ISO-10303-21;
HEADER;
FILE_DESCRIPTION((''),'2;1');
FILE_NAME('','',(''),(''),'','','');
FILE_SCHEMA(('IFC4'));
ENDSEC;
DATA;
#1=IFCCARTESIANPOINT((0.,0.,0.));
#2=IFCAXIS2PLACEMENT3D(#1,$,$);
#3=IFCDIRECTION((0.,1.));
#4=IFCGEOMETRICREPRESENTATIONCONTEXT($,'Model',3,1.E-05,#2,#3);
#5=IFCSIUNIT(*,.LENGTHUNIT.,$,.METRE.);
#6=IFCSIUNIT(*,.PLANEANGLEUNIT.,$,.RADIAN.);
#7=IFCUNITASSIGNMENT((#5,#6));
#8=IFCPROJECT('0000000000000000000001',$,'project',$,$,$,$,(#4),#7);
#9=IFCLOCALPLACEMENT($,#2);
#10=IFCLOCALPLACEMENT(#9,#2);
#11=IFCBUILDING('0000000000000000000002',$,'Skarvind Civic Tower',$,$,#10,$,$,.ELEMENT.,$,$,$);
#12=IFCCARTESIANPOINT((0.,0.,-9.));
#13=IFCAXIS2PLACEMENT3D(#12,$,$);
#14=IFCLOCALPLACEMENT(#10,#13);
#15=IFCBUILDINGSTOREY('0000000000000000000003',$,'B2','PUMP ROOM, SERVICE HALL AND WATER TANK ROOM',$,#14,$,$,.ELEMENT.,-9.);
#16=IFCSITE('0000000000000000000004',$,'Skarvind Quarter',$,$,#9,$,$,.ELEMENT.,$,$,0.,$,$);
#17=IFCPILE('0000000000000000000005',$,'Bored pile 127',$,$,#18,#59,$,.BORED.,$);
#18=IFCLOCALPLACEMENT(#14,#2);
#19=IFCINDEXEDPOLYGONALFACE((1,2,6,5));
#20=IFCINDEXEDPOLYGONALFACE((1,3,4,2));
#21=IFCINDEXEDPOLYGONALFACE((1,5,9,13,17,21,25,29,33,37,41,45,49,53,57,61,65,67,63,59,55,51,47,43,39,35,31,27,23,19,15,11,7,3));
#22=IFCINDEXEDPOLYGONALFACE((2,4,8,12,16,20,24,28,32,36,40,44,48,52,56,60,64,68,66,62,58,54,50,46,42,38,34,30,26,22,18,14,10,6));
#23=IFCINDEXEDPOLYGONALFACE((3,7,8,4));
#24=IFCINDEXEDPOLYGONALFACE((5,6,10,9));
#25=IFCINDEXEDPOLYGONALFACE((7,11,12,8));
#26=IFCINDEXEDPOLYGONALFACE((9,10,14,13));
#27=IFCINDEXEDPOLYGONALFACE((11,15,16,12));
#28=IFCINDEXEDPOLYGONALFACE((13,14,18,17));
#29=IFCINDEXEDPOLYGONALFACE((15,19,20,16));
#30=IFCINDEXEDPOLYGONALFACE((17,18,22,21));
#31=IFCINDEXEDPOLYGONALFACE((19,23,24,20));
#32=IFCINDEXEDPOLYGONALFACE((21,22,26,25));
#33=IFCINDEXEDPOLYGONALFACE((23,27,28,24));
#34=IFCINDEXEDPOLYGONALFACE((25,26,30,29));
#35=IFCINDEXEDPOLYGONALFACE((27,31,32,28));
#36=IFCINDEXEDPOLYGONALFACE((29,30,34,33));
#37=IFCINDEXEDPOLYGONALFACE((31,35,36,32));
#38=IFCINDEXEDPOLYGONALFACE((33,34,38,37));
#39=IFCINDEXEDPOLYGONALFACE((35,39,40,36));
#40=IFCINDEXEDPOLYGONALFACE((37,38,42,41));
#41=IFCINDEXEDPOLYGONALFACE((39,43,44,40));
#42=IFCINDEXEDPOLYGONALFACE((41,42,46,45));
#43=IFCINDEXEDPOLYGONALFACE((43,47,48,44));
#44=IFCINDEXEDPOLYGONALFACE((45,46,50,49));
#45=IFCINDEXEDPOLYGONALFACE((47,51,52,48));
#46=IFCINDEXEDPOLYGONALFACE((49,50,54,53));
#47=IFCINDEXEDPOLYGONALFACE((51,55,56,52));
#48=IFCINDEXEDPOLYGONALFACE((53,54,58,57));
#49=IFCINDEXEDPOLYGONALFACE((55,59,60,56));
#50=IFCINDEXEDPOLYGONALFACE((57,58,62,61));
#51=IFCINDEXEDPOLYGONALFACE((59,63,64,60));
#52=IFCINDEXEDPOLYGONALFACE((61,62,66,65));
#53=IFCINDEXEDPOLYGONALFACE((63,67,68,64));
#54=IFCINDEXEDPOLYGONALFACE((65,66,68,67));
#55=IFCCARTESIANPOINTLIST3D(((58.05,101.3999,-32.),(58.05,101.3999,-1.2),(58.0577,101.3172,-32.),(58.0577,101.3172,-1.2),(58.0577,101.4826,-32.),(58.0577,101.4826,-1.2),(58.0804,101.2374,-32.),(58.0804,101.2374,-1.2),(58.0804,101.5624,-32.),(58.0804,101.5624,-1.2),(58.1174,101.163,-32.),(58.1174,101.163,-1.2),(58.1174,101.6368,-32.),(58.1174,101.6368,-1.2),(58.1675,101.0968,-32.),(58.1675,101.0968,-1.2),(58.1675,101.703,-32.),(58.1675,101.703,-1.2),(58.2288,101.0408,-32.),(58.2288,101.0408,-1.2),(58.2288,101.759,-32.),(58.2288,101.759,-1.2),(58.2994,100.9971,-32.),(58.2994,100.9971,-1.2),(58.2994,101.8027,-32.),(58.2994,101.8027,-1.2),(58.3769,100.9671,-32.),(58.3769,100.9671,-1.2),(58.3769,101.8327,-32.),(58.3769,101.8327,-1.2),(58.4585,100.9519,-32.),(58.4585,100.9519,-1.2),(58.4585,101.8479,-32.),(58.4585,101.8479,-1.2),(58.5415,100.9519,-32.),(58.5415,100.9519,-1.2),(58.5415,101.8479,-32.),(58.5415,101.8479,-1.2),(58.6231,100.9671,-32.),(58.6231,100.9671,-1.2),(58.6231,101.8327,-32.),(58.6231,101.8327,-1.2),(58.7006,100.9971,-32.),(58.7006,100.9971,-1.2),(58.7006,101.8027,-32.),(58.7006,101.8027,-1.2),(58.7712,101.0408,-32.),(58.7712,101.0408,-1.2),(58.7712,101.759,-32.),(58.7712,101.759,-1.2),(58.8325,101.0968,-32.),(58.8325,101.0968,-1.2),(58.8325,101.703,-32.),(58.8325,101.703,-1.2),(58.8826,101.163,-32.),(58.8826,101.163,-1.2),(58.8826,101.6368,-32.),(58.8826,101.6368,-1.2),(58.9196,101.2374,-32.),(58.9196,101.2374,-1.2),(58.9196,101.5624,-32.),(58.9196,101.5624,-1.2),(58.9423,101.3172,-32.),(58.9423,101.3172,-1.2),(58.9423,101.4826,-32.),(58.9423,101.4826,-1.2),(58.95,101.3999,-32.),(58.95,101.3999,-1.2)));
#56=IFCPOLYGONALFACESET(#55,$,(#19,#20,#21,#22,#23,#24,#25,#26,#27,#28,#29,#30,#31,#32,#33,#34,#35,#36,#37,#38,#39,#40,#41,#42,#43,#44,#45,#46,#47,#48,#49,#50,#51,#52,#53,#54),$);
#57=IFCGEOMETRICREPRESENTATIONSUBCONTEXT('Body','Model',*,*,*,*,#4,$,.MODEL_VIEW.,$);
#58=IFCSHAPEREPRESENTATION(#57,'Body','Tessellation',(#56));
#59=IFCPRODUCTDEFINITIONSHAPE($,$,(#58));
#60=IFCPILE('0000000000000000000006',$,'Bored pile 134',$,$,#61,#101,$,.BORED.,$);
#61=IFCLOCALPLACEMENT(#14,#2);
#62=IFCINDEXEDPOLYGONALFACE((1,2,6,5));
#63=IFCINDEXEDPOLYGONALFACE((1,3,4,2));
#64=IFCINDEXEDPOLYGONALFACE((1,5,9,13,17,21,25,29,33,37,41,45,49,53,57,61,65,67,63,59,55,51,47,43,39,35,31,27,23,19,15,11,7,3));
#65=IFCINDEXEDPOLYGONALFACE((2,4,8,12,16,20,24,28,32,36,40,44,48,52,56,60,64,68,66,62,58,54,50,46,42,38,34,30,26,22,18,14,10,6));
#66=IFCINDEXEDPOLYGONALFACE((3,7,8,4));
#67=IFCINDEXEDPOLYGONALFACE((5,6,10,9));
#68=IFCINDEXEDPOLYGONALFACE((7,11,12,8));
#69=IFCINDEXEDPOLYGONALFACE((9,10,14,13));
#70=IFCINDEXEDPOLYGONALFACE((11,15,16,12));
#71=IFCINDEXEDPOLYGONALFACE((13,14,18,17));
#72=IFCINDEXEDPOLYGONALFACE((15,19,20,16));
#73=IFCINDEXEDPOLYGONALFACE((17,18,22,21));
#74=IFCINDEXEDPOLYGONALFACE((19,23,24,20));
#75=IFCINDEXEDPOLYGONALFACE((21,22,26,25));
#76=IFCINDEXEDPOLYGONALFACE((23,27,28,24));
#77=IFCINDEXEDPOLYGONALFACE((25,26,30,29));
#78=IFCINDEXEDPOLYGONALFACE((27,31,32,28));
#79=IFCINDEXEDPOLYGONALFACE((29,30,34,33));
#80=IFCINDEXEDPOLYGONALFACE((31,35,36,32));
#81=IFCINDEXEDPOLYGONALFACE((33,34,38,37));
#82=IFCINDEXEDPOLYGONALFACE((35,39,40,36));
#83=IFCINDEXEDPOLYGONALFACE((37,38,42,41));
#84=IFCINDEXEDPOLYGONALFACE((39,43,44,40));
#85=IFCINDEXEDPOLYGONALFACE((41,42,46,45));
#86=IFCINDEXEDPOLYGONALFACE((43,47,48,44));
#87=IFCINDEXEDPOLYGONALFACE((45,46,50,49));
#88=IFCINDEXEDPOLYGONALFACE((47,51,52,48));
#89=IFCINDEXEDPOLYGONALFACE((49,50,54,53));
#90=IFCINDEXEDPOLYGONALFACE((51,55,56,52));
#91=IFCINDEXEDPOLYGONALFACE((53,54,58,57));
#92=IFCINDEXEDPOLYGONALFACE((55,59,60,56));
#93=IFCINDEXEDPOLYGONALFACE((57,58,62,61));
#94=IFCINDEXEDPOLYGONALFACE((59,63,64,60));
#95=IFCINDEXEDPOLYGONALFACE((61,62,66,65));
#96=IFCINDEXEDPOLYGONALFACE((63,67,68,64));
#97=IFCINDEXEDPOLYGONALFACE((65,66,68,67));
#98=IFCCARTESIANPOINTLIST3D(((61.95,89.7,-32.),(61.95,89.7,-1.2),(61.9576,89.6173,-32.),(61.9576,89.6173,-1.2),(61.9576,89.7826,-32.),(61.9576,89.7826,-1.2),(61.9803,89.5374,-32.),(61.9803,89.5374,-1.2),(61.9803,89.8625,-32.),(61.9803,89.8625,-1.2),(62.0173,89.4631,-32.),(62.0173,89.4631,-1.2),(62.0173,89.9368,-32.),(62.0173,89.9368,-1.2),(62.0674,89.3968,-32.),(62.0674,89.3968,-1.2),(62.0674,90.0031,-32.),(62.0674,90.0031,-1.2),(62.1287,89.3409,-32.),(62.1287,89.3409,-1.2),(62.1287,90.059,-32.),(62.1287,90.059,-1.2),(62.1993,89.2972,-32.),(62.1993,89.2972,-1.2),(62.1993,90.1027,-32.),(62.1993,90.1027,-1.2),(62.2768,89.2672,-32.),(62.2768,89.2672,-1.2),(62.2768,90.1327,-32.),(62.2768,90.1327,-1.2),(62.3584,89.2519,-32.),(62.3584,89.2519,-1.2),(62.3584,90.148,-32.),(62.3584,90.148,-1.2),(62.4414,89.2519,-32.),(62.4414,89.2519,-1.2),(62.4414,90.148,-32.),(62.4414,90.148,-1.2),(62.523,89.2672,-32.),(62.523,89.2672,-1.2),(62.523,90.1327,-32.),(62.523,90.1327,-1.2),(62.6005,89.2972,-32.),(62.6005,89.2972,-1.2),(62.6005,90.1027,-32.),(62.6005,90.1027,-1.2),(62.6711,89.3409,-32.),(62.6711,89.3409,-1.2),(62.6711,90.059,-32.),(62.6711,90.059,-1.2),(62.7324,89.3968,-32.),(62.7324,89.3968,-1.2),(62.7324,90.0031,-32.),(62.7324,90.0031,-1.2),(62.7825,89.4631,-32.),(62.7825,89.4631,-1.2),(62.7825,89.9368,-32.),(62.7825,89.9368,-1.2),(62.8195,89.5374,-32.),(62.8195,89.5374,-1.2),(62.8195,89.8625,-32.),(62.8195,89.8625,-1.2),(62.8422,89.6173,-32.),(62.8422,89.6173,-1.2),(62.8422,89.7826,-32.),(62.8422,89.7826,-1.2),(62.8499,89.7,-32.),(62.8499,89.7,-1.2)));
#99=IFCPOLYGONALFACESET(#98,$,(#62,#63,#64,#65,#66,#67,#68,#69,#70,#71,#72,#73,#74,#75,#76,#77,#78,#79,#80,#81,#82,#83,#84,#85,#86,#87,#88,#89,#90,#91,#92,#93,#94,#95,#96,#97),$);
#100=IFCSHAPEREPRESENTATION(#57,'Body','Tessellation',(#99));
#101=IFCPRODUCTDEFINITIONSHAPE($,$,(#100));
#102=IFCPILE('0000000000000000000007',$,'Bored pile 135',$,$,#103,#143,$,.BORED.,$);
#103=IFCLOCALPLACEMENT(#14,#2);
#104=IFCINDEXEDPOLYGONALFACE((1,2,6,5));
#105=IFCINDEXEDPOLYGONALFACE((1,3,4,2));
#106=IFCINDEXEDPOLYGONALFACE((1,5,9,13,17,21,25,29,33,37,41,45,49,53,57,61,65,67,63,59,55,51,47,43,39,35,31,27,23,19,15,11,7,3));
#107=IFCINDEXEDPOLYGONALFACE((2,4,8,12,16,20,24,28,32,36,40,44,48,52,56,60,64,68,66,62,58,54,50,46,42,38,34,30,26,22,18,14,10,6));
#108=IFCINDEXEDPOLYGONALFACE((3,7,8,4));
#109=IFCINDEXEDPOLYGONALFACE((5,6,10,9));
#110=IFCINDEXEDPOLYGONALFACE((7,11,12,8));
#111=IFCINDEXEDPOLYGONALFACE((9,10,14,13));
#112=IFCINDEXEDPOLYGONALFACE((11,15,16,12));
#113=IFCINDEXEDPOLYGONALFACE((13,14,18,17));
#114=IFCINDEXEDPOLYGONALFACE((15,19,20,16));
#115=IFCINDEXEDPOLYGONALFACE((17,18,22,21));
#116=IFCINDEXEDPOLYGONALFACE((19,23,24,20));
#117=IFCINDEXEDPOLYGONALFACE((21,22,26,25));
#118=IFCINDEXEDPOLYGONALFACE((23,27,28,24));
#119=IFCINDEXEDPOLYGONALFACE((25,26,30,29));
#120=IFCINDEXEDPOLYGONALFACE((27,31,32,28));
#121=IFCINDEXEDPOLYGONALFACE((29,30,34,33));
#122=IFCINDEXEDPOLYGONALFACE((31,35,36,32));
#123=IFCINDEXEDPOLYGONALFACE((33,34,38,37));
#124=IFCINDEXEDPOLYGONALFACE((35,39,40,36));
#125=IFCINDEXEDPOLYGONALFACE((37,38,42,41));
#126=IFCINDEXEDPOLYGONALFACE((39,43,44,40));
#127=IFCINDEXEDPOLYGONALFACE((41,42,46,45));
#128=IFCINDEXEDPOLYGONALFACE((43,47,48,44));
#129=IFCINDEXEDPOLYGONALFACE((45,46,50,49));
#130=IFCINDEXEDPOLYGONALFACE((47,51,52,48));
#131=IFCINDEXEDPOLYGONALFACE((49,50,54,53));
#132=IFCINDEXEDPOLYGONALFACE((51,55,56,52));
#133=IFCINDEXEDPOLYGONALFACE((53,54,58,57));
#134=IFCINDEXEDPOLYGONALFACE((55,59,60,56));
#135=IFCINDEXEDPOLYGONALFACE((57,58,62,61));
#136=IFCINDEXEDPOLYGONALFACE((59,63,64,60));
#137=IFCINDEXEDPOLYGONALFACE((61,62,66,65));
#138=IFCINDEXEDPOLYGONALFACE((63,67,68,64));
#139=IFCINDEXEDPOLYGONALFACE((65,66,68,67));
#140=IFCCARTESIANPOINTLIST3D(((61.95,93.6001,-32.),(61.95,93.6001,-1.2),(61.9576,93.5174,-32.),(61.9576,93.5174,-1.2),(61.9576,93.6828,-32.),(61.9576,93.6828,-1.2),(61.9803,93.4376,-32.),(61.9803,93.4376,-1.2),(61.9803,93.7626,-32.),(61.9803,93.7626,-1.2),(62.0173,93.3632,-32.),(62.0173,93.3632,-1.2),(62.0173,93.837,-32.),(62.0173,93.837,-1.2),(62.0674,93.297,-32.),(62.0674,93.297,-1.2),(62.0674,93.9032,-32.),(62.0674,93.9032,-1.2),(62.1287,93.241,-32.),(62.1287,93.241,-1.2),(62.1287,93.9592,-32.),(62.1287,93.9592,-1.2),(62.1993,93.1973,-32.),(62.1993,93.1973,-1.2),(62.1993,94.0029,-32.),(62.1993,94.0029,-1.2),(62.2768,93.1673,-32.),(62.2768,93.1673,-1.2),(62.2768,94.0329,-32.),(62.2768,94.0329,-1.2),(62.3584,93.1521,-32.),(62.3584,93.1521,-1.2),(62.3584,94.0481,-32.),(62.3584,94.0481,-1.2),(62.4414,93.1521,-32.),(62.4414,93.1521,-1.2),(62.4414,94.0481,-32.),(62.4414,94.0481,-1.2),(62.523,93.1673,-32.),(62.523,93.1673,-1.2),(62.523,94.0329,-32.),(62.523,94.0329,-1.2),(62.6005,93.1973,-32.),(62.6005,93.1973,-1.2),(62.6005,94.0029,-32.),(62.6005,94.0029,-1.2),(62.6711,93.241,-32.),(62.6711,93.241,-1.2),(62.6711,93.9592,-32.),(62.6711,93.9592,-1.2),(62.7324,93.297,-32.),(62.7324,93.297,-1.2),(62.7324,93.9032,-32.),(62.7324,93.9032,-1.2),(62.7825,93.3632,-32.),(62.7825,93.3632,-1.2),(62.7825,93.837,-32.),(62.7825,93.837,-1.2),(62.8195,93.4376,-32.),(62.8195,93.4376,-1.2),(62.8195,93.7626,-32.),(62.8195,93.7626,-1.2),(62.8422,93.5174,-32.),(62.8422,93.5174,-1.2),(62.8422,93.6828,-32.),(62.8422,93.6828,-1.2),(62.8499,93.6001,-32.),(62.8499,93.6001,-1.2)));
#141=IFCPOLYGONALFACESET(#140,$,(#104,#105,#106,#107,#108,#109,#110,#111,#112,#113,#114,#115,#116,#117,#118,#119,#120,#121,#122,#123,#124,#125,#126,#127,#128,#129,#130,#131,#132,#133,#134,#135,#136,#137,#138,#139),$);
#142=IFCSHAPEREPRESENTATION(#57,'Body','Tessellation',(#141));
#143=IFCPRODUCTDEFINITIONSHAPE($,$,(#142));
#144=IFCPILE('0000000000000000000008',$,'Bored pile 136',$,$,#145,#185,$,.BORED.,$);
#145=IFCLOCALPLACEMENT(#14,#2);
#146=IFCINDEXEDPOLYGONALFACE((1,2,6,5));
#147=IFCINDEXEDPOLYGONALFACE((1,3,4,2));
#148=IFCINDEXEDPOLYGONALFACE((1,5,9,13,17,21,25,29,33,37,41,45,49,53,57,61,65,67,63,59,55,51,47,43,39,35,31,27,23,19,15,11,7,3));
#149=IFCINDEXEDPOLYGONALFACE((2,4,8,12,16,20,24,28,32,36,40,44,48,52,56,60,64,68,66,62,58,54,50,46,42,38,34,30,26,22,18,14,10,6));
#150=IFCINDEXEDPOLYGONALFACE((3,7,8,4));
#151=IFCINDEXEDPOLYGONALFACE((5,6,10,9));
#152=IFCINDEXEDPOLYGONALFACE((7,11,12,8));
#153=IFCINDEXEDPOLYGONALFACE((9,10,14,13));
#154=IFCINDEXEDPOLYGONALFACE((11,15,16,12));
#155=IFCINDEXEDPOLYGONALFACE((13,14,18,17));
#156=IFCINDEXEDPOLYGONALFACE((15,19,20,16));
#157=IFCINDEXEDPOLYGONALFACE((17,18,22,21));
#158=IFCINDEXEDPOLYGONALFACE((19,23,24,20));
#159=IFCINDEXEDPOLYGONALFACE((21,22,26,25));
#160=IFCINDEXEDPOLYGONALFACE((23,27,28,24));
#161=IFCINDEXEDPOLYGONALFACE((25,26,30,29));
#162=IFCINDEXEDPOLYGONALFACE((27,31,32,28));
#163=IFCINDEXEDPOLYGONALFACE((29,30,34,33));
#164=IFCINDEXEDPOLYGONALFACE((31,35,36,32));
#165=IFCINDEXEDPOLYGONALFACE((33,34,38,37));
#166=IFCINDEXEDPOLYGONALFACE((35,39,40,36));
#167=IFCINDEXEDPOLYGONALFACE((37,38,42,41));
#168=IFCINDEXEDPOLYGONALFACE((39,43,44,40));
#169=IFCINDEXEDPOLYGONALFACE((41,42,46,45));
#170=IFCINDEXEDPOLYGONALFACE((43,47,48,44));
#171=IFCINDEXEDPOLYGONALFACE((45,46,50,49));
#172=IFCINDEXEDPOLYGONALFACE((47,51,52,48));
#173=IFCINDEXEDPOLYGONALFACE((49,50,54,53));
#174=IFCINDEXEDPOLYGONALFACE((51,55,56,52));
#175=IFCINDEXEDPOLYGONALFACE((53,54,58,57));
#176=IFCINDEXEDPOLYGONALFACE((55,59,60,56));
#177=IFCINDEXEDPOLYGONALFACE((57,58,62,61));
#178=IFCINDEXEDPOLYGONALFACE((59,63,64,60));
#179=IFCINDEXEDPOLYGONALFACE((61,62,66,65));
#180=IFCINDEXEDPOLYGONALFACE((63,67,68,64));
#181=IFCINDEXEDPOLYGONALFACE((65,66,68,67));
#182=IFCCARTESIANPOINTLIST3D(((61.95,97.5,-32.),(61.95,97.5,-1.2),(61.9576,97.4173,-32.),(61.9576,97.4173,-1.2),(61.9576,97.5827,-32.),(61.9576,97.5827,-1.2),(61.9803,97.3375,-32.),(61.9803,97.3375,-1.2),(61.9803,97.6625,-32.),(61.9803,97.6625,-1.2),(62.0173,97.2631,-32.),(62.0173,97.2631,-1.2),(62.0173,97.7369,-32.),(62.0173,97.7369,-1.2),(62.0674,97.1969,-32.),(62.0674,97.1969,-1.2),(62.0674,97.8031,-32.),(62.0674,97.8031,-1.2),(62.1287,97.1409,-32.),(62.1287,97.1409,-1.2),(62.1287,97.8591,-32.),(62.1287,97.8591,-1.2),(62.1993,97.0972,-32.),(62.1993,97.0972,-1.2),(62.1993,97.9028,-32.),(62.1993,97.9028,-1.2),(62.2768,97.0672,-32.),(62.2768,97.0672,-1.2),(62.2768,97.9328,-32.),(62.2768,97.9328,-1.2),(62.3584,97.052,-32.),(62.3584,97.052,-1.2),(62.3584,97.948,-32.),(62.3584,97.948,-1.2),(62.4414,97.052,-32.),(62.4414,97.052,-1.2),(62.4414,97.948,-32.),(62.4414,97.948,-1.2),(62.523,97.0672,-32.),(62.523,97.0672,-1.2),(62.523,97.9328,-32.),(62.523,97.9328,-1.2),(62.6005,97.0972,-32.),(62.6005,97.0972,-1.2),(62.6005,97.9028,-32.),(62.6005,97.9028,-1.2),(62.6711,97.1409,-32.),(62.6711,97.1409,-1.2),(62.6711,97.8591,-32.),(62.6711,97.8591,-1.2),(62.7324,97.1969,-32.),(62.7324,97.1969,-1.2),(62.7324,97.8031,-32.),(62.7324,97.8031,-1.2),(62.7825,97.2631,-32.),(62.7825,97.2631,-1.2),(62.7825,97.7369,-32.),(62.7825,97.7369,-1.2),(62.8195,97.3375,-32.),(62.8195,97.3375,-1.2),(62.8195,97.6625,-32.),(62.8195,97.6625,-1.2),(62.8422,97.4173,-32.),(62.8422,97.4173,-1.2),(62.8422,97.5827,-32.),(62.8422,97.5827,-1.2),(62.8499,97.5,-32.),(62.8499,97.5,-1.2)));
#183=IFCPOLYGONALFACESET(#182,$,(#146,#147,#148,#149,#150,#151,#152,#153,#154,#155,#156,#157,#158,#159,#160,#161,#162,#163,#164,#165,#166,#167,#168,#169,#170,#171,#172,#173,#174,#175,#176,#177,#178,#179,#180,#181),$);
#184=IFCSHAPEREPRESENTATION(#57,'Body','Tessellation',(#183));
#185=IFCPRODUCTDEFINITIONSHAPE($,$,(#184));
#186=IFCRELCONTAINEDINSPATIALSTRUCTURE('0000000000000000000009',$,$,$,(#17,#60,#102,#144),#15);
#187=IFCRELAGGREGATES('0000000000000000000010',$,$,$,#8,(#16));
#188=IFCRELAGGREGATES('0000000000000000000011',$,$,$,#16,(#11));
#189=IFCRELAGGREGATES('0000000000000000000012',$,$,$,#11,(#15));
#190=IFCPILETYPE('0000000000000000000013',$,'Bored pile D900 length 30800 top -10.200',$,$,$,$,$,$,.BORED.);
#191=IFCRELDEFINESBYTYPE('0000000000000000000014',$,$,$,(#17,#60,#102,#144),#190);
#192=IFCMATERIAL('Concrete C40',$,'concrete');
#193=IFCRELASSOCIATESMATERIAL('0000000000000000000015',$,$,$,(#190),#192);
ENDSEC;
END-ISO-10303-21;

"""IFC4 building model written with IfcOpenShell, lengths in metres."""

from ifc_helpers import new_model, si_unit, direction, frame, origin, origin_2d, place, context, subcontext, project, spatial, circle, extrude, material, type_object, element, save


model = new_model("IFC4")

# Units and contexts
model_context = context("Model", 3, precision=1e-05, world=origin(), true_north=direction((0.0, 1.0)))
body_context = subcontext(model_context, "Body", "Model", "MODEL_VIEW")
ifc_project = project(units=[si_unit("LENGTHUNIT", "METRE"), si_unit("PLANEANGLEUNIT", "RADIAN")], contexts=[model_context])

# Site, building, storey
site_placement = place(None, origin())
site = spatial("IfcSite", under=ifc_project, at=site_placement, Name="Skarvind Quarter", CompositionType="ELEMENT", RefElevation=0.0)
building_placement = place(site_placement, origin())
building = spatial("IfcBuilding", under=site, at=building_placement, Name="Skarvind Civic Tower", CompositionType="ELEMENT")
storey_placement = place(building_placement, frame((0.0, 0.0, -9.0)))
storey = spatial("IfcBuildingStorey", under=building, at=storey_placement, Name="B2", Description="PUMP ROOM, SERVICE HALL AND WATER TANK ROOM", CompositionType="ELEMENT", Elevation=-9.0)

# Piles
ifc_material_1 = material(Name="Concrete C40", Category="concrete")
pile_type_1 = type_object("IfcPileType", Name="Bored pile D900 length 30800 top -10.200", PredefinedType="BORED", material=ifc_material_1)
for number, where, z_axis, x_axis, name in (
    (1, (58.5, 101.3999, -1.2), (0.0, 0.0, -1.0), (1.0, 0.0, 0.0), "Bored pile 127"),
    (2, (62.3999, 89.7, -1.2), (0.0, 0.0, -1.0), (1.0, 0.0, 0.0), "Bored pile 134"),
    (3, (62.3999, 93.6001, -1.2), (0.0, 0.0, -1.0), (1.0, 0.0, 0.0), "Bored pile 135"),
    (4, (62.3999, 97.5, -1.2), (0.0, 0.0, -1.0), (1.0, 0.0, 0.0), "Bored pile 136"),
):
    element("IfcPile", number, at=place(storey_placement, frame(where, z_axis=z_axis, x_axis=x_axis)), inside=storey, type_object=pile_type_1, Name=name, PredefinedType="BORED", context=body_context, shape_type="SweptSolid", body=[
        extrude(circle(Radius=0.45, at=origin_2d()), origin(), (0.0, 0.0, 1.0), 30.8),
    ])

save(model, "model.ifc")
